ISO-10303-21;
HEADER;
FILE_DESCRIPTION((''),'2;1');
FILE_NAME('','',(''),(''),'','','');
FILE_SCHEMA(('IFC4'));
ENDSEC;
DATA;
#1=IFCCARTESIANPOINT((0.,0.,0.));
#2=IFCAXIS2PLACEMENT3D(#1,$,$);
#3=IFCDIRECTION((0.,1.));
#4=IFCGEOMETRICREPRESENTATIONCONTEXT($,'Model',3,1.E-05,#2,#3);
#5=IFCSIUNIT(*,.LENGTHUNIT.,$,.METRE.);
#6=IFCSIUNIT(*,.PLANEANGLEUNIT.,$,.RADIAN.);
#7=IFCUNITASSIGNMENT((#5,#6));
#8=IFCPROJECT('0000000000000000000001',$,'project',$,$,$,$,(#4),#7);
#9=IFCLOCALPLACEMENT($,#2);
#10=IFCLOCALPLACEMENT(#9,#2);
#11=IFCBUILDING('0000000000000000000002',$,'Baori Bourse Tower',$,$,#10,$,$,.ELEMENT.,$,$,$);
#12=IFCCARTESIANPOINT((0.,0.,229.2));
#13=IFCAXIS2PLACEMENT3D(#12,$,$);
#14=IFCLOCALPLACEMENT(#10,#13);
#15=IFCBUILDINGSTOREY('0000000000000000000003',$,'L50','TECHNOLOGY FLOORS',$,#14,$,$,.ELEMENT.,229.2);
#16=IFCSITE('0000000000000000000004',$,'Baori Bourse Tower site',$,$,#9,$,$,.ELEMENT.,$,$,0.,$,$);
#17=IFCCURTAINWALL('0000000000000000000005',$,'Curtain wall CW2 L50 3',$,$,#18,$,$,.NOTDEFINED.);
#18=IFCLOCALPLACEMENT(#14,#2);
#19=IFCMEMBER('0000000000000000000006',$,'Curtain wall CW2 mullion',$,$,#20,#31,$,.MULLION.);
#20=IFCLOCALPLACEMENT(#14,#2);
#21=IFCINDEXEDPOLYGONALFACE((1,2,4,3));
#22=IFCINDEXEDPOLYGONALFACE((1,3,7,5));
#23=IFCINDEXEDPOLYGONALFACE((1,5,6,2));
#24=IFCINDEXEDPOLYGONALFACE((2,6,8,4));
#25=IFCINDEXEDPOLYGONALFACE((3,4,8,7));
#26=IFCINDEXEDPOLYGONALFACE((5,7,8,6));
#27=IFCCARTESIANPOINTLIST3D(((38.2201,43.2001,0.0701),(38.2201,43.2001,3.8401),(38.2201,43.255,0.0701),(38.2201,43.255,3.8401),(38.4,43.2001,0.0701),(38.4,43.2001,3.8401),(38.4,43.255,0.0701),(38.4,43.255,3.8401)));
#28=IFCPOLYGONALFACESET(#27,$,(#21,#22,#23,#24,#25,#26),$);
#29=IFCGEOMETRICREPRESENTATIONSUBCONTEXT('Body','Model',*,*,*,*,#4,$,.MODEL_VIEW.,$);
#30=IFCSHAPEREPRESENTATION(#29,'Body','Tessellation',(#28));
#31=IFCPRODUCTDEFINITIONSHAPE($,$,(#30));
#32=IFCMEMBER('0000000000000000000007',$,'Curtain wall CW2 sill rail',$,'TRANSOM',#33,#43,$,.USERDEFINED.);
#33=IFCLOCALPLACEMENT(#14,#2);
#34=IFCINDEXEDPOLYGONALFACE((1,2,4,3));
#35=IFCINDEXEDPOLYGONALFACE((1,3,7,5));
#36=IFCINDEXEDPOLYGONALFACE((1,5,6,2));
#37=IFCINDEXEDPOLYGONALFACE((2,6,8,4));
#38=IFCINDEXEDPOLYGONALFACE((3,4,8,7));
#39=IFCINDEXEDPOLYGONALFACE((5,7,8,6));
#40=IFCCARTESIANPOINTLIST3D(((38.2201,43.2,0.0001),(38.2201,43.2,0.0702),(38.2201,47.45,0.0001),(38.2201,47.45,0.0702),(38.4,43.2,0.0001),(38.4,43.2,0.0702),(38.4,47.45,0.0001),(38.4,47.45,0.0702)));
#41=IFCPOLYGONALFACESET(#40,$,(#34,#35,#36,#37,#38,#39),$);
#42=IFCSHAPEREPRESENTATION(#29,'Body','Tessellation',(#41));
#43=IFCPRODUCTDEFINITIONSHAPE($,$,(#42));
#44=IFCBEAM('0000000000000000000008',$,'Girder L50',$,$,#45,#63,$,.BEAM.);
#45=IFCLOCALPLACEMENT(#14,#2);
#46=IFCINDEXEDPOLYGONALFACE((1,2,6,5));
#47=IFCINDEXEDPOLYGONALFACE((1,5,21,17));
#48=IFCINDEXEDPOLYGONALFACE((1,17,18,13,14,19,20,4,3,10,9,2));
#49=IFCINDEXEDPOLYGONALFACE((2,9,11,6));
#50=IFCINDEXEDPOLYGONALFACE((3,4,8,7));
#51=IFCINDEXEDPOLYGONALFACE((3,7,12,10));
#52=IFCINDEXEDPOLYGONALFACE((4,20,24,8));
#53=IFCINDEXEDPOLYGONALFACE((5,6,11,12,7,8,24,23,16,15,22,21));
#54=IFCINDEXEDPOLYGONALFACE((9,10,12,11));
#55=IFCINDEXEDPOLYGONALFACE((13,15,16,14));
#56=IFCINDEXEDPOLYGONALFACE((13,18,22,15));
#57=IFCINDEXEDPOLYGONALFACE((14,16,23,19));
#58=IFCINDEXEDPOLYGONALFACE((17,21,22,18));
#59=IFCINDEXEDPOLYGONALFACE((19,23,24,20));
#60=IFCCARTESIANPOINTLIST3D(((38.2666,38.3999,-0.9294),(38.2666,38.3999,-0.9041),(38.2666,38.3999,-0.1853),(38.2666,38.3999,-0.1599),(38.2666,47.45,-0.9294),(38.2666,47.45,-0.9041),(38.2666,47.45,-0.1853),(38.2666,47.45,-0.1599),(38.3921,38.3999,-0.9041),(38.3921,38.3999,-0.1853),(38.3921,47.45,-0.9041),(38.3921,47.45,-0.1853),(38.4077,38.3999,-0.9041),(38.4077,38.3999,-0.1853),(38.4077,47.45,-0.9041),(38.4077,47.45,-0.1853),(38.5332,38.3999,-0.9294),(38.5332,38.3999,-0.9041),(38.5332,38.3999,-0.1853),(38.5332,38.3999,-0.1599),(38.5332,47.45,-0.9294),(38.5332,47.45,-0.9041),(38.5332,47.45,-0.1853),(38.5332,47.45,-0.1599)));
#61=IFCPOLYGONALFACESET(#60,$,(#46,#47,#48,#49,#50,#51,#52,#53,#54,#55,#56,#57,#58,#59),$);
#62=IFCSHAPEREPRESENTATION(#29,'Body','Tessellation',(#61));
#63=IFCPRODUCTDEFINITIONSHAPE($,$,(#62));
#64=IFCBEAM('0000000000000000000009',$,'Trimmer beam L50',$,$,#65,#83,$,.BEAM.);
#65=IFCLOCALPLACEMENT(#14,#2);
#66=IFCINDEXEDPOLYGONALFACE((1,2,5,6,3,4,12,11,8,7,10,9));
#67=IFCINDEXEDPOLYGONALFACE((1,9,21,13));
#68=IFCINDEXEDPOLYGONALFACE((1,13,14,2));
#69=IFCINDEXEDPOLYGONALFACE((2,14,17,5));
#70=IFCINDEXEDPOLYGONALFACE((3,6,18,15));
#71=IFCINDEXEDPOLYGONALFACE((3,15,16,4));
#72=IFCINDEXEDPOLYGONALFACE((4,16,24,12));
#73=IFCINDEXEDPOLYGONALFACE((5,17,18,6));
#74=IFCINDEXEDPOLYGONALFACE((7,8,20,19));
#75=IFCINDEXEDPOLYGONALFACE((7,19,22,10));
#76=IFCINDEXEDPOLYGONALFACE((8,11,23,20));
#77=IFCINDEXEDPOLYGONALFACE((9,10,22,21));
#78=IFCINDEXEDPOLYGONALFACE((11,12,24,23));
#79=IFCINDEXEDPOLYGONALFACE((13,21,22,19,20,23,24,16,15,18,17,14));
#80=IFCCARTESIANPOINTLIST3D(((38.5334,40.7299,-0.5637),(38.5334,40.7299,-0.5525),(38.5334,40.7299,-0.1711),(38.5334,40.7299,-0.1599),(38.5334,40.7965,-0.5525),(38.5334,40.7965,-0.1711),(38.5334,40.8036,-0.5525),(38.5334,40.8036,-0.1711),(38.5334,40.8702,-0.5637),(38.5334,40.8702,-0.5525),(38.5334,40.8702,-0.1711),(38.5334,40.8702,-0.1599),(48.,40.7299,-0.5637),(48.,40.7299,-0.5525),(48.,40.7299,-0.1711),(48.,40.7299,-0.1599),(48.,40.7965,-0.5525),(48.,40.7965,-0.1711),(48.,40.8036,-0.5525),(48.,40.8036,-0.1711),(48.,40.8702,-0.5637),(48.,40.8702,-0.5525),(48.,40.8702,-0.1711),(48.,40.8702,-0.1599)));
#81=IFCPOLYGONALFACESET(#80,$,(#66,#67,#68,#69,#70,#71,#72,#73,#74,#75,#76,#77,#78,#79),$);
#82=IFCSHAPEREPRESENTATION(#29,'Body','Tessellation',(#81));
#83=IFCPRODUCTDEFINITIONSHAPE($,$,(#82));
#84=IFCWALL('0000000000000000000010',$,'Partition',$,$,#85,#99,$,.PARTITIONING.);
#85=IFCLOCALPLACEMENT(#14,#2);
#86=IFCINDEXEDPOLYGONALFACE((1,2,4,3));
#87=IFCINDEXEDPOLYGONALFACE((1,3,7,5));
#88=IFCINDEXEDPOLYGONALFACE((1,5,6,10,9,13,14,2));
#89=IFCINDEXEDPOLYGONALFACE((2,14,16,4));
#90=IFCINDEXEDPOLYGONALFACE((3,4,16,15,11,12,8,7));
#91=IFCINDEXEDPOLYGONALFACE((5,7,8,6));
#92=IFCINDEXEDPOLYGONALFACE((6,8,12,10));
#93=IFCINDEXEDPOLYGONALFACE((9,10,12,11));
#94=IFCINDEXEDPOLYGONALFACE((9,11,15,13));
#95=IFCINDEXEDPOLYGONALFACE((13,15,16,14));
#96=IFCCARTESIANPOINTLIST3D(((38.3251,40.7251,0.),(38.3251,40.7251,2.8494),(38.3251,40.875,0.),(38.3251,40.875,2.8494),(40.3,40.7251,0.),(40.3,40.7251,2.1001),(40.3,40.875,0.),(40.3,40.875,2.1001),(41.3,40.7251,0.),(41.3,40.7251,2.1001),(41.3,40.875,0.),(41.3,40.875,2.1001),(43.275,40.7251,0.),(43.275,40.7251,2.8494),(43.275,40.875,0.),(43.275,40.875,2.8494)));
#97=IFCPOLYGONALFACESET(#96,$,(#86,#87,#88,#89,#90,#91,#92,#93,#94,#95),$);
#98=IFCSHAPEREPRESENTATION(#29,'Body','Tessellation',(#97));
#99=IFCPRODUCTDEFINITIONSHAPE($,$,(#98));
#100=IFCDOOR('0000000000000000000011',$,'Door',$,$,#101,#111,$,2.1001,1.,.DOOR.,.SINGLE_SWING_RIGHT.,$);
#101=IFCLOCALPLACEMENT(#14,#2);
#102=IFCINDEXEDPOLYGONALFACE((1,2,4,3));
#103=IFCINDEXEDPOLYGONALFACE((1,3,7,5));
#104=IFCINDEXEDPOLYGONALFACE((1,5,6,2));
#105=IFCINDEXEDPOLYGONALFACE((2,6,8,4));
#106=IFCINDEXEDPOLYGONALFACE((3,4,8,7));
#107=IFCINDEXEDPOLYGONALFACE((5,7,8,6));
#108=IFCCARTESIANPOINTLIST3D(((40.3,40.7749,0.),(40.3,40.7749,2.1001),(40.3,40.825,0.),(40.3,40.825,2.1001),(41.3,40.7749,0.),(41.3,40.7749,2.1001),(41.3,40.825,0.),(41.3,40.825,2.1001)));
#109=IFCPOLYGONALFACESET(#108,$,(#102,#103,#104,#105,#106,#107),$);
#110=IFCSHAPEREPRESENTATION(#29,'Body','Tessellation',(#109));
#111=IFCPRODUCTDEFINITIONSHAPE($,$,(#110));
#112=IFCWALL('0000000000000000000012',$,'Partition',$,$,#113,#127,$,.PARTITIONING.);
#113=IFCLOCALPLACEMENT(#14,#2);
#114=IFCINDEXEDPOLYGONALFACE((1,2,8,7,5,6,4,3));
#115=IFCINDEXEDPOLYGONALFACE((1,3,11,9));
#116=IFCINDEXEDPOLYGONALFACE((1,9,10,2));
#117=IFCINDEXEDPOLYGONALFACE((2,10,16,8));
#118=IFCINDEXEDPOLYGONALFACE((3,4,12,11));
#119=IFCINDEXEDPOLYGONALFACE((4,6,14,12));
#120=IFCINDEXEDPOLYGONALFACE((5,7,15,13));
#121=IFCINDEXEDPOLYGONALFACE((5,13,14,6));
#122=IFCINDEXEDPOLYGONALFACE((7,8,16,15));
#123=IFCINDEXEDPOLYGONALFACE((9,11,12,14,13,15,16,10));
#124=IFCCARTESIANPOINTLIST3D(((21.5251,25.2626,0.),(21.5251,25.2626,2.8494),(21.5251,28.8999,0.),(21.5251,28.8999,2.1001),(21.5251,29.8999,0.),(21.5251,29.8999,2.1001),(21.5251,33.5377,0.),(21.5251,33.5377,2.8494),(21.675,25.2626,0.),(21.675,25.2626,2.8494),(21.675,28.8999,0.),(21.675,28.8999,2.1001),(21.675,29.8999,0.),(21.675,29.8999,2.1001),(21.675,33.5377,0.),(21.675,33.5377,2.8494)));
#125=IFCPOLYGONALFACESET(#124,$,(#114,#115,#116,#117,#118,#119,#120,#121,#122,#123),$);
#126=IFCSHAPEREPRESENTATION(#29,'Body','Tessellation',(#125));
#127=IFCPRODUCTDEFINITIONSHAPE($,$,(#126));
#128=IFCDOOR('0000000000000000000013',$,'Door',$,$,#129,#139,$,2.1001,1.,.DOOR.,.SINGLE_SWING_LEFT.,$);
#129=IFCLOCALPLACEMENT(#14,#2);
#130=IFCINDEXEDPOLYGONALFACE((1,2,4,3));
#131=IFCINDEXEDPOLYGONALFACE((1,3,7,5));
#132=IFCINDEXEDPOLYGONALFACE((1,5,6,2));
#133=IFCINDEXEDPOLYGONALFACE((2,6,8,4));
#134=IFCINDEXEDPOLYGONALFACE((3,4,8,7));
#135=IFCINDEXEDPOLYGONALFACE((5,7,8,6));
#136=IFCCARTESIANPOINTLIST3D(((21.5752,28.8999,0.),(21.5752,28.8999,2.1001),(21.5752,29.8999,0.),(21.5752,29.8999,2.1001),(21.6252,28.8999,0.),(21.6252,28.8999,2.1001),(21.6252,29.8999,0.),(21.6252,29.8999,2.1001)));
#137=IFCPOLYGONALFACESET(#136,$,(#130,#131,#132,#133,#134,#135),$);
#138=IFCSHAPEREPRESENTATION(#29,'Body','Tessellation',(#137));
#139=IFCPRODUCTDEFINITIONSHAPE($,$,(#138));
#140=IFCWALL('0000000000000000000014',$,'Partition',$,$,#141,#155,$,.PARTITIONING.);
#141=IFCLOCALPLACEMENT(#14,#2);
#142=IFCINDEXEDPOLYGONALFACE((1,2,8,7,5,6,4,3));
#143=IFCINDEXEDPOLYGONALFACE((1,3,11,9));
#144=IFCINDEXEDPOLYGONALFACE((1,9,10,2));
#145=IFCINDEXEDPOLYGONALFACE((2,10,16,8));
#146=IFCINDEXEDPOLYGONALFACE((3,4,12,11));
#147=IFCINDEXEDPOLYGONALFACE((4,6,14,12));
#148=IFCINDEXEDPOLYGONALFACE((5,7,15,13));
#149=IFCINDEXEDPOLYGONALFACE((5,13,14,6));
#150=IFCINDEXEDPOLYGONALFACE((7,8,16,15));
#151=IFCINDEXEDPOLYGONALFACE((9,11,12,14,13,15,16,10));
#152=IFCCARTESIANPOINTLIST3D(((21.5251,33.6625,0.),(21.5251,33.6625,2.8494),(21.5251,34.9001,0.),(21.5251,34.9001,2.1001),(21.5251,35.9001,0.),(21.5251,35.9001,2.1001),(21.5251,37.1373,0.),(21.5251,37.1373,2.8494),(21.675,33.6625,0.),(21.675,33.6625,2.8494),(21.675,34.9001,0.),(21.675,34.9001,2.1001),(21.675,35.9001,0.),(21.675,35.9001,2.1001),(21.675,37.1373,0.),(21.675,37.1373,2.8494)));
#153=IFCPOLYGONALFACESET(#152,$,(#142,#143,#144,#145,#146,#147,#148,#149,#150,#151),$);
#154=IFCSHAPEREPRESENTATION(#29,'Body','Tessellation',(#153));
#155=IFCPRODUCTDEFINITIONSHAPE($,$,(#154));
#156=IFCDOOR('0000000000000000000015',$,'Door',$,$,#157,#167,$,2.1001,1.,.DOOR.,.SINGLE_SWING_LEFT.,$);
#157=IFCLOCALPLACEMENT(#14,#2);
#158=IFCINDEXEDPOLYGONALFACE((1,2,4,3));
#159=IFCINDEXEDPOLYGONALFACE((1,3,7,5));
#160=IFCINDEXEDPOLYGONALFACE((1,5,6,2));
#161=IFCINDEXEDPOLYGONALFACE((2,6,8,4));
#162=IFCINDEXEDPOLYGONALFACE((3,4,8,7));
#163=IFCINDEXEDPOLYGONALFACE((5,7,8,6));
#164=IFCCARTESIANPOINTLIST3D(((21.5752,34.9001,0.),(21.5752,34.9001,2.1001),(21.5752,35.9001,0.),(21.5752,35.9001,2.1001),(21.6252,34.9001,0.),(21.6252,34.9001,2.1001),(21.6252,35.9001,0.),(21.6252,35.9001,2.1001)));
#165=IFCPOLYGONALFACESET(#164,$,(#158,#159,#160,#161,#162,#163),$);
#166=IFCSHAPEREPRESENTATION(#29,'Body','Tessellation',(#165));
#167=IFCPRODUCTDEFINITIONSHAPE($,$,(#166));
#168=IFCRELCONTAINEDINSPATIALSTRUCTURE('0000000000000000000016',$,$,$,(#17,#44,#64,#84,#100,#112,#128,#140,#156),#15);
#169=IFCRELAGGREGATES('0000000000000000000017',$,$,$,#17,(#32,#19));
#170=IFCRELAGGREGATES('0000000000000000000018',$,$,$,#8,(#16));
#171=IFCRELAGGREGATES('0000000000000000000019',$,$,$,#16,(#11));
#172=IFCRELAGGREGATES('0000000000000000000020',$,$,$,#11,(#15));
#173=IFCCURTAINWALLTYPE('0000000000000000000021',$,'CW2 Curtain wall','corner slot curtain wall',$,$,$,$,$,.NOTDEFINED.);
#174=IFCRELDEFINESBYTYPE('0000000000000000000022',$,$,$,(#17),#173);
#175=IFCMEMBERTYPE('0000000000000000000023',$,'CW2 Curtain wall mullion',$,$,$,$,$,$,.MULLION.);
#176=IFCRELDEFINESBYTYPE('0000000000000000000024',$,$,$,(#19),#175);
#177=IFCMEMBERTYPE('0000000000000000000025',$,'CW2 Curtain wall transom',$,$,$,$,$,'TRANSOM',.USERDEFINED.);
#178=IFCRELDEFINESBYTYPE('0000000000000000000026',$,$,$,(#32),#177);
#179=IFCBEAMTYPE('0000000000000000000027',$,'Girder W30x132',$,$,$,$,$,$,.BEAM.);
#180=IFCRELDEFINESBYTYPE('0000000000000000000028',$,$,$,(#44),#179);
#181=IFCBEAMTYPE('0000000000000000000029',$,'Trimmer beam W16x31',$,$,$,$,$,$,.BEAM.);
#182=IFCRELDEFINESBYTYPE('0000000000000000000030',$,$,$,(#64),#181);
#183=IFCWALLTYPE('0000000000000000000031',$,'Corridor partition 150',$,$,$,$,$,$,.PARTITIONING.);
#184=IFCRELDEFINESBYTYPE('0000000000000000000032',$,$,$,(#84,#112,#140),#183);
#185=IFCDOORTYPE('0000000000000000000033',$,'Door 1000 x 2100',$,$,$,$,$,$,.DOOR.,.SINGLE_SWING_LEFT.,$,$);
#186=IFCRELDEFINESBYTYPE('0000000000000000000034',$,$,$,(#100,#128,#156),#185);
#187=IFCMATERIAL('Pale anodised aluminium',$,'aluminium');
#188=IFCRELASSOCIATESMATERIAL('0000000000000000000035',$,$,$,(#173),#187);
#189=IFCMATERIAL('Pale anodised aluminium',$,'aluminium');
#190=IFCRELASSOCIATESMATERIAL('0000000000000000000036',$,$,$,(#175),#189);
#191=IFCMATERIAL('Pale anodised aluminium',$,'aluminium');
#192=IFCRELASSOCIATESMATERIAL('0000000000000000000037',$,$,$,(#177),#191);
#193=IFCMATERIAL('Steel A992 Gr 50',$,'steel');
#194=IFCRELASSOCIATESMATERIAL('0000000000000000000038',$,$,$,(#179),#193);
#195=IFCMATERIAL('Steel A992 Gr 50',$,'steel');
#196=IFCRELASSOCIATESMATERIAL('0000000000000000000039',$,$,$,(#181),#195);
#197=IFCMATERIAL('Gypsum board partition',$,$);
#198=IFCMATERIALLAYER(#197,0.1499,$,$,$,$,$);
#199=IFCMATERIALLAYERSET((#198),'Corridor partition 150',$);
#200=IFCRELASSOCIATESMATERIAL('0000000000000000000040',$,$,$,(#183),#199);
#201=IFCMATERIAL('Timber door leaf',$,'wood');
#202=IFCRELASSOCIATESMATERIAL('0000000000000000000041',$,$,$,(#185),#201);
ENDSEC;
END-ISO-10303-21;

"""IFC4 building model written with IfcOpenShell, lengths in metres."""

from ifc_helpers import new_model, si_unit, direction, frame, frame_2d, origin, origin_2d, place, context, subcontext, project, spatial, rectangle, i_section, extrude, material, layer, layer_set, material_profile, profile_set, type_object, element, fill, aggregate, save


model = new_model("IFC4")

# Units and contexts
model_context = context("Model", 3, precision=1e-05, world=origin(), true_north=direction((0.0, 1.0)))
body_context = subcontext(model_context, "Body", "Model", "MODEL_VIEW")
ifc_project = project(units=[si_unit("LENGTHUNIT", "METRE"), si_unit("PLANEANGLEUNIT", "RADIAN")], contexts=[model_context])

# Site, building, storey
site_placement = place(None, origin())
site = spatial("IfcSite", under=ifc_project, at=site_placement, Name="Baori Bourse Tower site", CompositionType="ELEMENT", RefElevation=0.0)
building_placement = place(site_placement, origin())
building = spatial("IfcBuilding", under=site, at=building_placement, Name="Baori Bourse Tower", CompositionType="ELEMENT")
storey_placement = place(building_placement, frame((0.0, 0.0, 229.2)))
storey = spatial("IfcBuildingStorey", under=building, at=storey_placement, Name="L50", Description="TECHNOLOGY FLOORS", CompositionType="ELEMENT", Elevation=229.2)

# Curtain wall, members
ifc_material_1 = material(Name="Pale anodised aluminium", Category="aluminium")
curtain_wall_type = type_object("IfcCurtainWallType", Name="CW2 Curtain wall", Description="corner slot curtain wall", PredefinedType="NOTDEFINED", material=ifc_material_1)
curtain_wall_placement = place(storey_placement, origin())
curtain_wall = element("IfcCurtainWall", 1, at=curtain_wall_placement, inside=storey, type_object=curtain_wall_type, Name="Curtain wall CW2 L50 3", PredefinedType="NOTDEFINED")
ifc_material_2 = material(Name="Pale anodised aluminium", Category="aluminium")
ifc_material_profile_1 = material_profile(ifc_material_2, rectangle(XDim=0.1799, YDim=0.0549, at=origin_2d()), Name="Mullion 55x180")
ifc_profile_set_1 = profile_set([ifc_material_profile_1], Name="Pale anodised aluminium")
member_type_1 = type_object("IfcMemberType", Name="CW2 Curtain wall mullion", PredefinedType="MULLION", material=ifc_profile_set_1)
member_1_placement = place(storey_placement, frame((38.3101, 43.2275, 0.0701), z_axis=(0.0, 0.0, 1.0), x_axis=(-1.0, 0.0, 0.0)))
member_1 = element("IfcMember", 2, at=member_1_placement, type_object=member_type_1, Name="Curtain wall CW2 mullion", PredefinedType="MULLION", context=body_context, shape_type="SweptSolid", body=[
    extrude(rectangle(XDim=0.1799, YDim=0.0549, at=origin_2d()), origin(), (0.0, 0.0, 1.0), 3.77),
])
ifc_material_3 = material(Name="Pale anodised aluminium", Category="aluminium")
ifc_material_profile_2 = material_profile(ifc_material_3, rectangle(XDim=0.1799, YDim=0.0701, at=origin_2d()), Name="Transom 70x180")
ifc_profile_set_2 = profile_set([ifc_material_profile_2], Name="Pale anodised aluminium")
member_type_2 = type_object("IfcMemberType", Name="CW2 Curtain wall transom", ElementType="TRANSOM", PredefinedType="USERDEFINED", material=ifc_profile_set_2)
member_2_placement = place(storey_placement, frame((38.3101, 43.2, 0.0352), z_axis=(0.0, 1.0, 0.0), x_axis=(-1.0, 0.0, 0.0)))
member_2 = element("IfcMember", 3, at=member_2_placement, type_object=member_type_2, Name="Curtain wall CW2 sill rail", ObjectType="TRANSOM", PredefinedType="USERDEFINED", context=body_context, shape_type="SweptSolid", body=[
    extrude(rectangle(XDim=0.1799, YDim=0.0701, at=origin_2d()), origin(), (0.0, 0.0, 1.0), 4.25),
])
aggregate(curtain_wall, [member_2, member_1])

# Beams
ifc_material_4 = material(Name="Steel A992 Gr 50", Category="steel")
ifc_material_profile_3 = material_profile(ifc_material_4, i_section(OverallWidth=0.2666, OverallDepth=0.7695, WebThickness=0.0156, FlangeThickness=0.0254, at=origin_2d()), Name="W30x132")
ifc_profile_set_3 = profile_set([ifc_material_profile_3], Name="Steel A992 Gr 50")
beam_type_1 = type_object("IfcBeamType", Name="Girder W30x132", PredefinedType="BEAM", material=ifc_profile_set_3)
beam_1_placement = place(storey_placement, frame((38.3999, 38.3999, -0.5447), z_axis=(0.0, 1.0, 0.0), x_axis=(-1.0, 0.0, 0.0)))
element("IfcBeam", 4, at=beam_1_placement, inside=storey, type_object=beam_type_1, Name="Girder L50", PredefinedType="BEAM", context=body_context, shape_type="SweptSolid", body=[
    extrude(i_section(OverallWidth=0.2666, OverallDepth=0.7695, WebThickness=0.0156, FlangeThickness=0.0254, at=origin_2d()), origin(), (0.0, 0.0, 1.0), 9.05),
])
ifc_material_5 = material(Name="Steel A992 Gr 50", Category="steel")
ifc_material_profile_4 = material_profile(ifc_material_5, i_section(OverallWidth=0.1404, OverallDepth=0.4038, WebThickness=0.0071, FlangeThickness=0.0112, at=origin_2d()), Name="W16x31")
ifc_profile_set_4 = profile_set([ifc_material_profile_4], Name="Steel A992 Gr 50")
beam_type_2 = type_object("IfcBeamType", Name="Trimmer beam W16x31", PredefinedType="BEAM", material=ifc_profile_set_4)
beam_2_placement = place(storey_placement, frame((38.5334, 40.8, -0.3618), z_axis=(1.0, 0.0, 0.0), x_axis=(0.0, 1.0, 0.0)))
element("IfcBeam", 5, at=beam_2_placement, inside=storey, type_object=beam_type_2, Name="Trimmer beam L50", PredefinedType="BEAM", context=body_context, shape_type="SweptSolid", body=[
    extrude(i_section(OverallWidth=0.1404, OverallDepth=0.4038, WebThickness=0.0071, FlangeThickness=0.0112, at=origin_2d()), origin(), (0.0, 0.0, 1.0), 9.4666),
])

# Walls, openings, doors
ifc_material_6 = material(Name="Gypsum board partition")
ifc_layer_1 = layer(ifc_material_6, 0.1499)
ifc_layer_set_1 = layer_set([ifc_layer_1], Name="Corridor partition 150")
wall_type_1 = type_object("IfcWallType", Name="Corridor partition 150", PredefinedType="PARTITIONING", material=ifc_layer_set_1)
wall_1_placement = place(storey_placement, frame((38.325, 40.8, 0.0), z_axis=(0.0, 0.0, 1.0), x_axis=(1.0, 0.0, 0.0)))
wall_1 = element("IfcWall", 6, at=wall_1_placement, inside=storey, type_object=wall_type_1, Name="Partition", PredefinedType="PARTITIONING", context=body_context, shape_type="SweptSolid", body=[
    extrude(rectangle(XDim=4.95, YDim=0.1499, at=frame_2d((2.4751, 0.0))), origin(), (0.0, 0.0, 1.0), 2.8494),
])
opening_1_placement = place(wall_1_placement, frame((1.9751, 0.0, 0.0)))
opening_1 = element("IfcOpeningElement", 7, at=opening_1_placement, cuts=wall_1, PredefinedType="OPENING", context=body_context, shape_type="SweptSolid", body=[
    extrude(rectangle(XDim=1.0, YDim=2.1001, at=frame_2d((0.5, 1.05))), frame((0.0, 0.085, 0.0), z_axis=(0.0, -1.0, 0.0), x_axis=(1.0, 0.0, 0.0)), (0.0, 0.0, 1.0), 0.1699),
])
ifc_material_7 = material(Name="Timber door leaf", Category="wood")
door_type = type_object("IfcDoorType", Name="Door 1000 x 2100", OperationType="SINGLE_SWING_LEFT", PredefinedType="DOOR", material=ifc_material_7)
door_1_placement = place(opening_1_placement, origin())
door_1 = element("IfcDoor", 8, at=door_1_placement, inside=storey, type_object=door_type, Name="Door", OperationType="SINGLE_SWING_RIGHT", OverallHeight=2.1001, OverallWidth=1.0, PredefinedType="DOOR", context=body_context, shape_type="SweptSolid", body=[
    extrude(rectangle(XDim=1.0, YDim=2.1001, at=frame_2d((0.5, 1.05))), frame((0.0, 0.0249, 0.0), z_axis=(0.0, -1.0, 0.0), x_axis=(1.0, 0.0, 0.0)), (0.0, 0.0, 1.0), 0.05),
])
fill(opening_1, door_1)
wall_2_placement = place(storey_placement, frame((21.6001, 25.2625, 0.0), z_axis=(0.0, 0.0, 1.0), x_axis=(0.0, 1.0, 0.0)))
wall_2 = element("IfcWall", 9, at=wall_2_placement, inside=storey, type_object=wall_type_1, Name="Partition", PredefinedType="PARTITIONING", context=body_context, shape_type="SweptSolid", body=[
    extrude(rectangle(XDim=8.2751, YDim=0.1499, at=frame_2d((4.1377, 0.0))), origin(), (0.0, 0.0, 1.0), 2.8494),
])
opening_2_placement = place(wall_2_placement, frame((3.6375, 0.0, 0.0)))
opening_2 = element("IfcOpeningElement", 10, at=opening_2_placement, cuts=wall_2, PredefinedType="OPENING", context=body_context, shape_type="SweptSolid", body=[
    extrude(rectangle(XDim=1.0, YDim=2.1001, at=frame_2d((0.5, 1.05))), frame((0.0, 0.085, 0.0), z_axis=(0.0, -1.0, 0.0), x_axis=(1.0, 0.0, 0.0)), (0.0, 0.0, 1.0), 0.1699),
])
door_2_placement = place(opening_2_placement, origin())
door_2 = element("IfcDoor", 11, at=door_2_placement, inside=storey, type_object=door_type, Name="Door", OperationType="SINGLE_SWING_LEFT", OverallHeight=2.1001, OverallWidth=1.0, PredefinedType="DOOR", context=body_context, shape_type="SweptSolid", body=[
    extrude(rectangle(XDim=1.0, YDim=2.1001, at=frame_2d((0.5, 1.05))), frame((0.0, 0.0249, 0.0), z_axis=(0.0, -1.0, 0.0), x_axis=(1.0, 0.0, 0.0)), (0.0, 0.0, 1.0), 0.05),
])
fill(opening_2, door_2)
wall_3_placement = place(storey_placement, frame((21.6001, 33.6626, 0.0), z_axis=(0.0, 0.0, 1.0), x_axis=(0.0, 1.0, 0.0)))
wall_3 = element("IfcWall", 12, at=wall_3_placement, inside=storey, type_object=wall_type_1, Name="Partition", PredefinedType="PARTITIONING", context=body_context, shape_type="SweptSolid", body=[
    extrude(rectangle(XDim=3.4749, YDim=0.1499, at=frame_2d((1.7373, 0.0))), origin(), (0.0, 0.0, 1.0), 2.8494),
])
opening_3_placement = place(wall_3_placement, frame((1.2375, 0.0, 0.0)))
opening_3 = element("IfcOpeningElement", 13, at=opening_3_placement, cuts=wall_3, PredefinedType="OPENING", context=body_context, shape_type="SweptSolid", body=[
    extrude(rectangle(XDim=1.0, YDim=2.1001, at=frame_2d((0.5, 1.05))), frame((0.0, 0.085, 0.0), z_axis=(0.0, -1.0, 0.0), x_axis=(1.0, 0.0, 0.0)), (0.0, 0.0, 1.0), 0.1699),
])
door_3_placement = place(opening_3_placement, origin())
door_3 = element("IfcDoor", 14, at=door_3_placement, inside=storey, type_object=door_type, Name="Door", OperationType="SINGLE_SWING_LEFT", OverallHeight=2.1001, OverallWidth=1.0, PredefinedType="DOOR", context=body_context, shape_type="SweptSolid", body=[
    extrude(rectangle(XDim=1.0, YDim=2.1001, at=frame_2d((0.5, 1.05))), frame((0.0, 0.0249, 0.0), z_axis=(0.0, -1.0, 0.0), x_axis=(1.0, 0.0, 0.0)), (0.0, 0.0, 1.0), 0.05),
])
fill(opening_3, door_3)

save(model, "model.ifc")
